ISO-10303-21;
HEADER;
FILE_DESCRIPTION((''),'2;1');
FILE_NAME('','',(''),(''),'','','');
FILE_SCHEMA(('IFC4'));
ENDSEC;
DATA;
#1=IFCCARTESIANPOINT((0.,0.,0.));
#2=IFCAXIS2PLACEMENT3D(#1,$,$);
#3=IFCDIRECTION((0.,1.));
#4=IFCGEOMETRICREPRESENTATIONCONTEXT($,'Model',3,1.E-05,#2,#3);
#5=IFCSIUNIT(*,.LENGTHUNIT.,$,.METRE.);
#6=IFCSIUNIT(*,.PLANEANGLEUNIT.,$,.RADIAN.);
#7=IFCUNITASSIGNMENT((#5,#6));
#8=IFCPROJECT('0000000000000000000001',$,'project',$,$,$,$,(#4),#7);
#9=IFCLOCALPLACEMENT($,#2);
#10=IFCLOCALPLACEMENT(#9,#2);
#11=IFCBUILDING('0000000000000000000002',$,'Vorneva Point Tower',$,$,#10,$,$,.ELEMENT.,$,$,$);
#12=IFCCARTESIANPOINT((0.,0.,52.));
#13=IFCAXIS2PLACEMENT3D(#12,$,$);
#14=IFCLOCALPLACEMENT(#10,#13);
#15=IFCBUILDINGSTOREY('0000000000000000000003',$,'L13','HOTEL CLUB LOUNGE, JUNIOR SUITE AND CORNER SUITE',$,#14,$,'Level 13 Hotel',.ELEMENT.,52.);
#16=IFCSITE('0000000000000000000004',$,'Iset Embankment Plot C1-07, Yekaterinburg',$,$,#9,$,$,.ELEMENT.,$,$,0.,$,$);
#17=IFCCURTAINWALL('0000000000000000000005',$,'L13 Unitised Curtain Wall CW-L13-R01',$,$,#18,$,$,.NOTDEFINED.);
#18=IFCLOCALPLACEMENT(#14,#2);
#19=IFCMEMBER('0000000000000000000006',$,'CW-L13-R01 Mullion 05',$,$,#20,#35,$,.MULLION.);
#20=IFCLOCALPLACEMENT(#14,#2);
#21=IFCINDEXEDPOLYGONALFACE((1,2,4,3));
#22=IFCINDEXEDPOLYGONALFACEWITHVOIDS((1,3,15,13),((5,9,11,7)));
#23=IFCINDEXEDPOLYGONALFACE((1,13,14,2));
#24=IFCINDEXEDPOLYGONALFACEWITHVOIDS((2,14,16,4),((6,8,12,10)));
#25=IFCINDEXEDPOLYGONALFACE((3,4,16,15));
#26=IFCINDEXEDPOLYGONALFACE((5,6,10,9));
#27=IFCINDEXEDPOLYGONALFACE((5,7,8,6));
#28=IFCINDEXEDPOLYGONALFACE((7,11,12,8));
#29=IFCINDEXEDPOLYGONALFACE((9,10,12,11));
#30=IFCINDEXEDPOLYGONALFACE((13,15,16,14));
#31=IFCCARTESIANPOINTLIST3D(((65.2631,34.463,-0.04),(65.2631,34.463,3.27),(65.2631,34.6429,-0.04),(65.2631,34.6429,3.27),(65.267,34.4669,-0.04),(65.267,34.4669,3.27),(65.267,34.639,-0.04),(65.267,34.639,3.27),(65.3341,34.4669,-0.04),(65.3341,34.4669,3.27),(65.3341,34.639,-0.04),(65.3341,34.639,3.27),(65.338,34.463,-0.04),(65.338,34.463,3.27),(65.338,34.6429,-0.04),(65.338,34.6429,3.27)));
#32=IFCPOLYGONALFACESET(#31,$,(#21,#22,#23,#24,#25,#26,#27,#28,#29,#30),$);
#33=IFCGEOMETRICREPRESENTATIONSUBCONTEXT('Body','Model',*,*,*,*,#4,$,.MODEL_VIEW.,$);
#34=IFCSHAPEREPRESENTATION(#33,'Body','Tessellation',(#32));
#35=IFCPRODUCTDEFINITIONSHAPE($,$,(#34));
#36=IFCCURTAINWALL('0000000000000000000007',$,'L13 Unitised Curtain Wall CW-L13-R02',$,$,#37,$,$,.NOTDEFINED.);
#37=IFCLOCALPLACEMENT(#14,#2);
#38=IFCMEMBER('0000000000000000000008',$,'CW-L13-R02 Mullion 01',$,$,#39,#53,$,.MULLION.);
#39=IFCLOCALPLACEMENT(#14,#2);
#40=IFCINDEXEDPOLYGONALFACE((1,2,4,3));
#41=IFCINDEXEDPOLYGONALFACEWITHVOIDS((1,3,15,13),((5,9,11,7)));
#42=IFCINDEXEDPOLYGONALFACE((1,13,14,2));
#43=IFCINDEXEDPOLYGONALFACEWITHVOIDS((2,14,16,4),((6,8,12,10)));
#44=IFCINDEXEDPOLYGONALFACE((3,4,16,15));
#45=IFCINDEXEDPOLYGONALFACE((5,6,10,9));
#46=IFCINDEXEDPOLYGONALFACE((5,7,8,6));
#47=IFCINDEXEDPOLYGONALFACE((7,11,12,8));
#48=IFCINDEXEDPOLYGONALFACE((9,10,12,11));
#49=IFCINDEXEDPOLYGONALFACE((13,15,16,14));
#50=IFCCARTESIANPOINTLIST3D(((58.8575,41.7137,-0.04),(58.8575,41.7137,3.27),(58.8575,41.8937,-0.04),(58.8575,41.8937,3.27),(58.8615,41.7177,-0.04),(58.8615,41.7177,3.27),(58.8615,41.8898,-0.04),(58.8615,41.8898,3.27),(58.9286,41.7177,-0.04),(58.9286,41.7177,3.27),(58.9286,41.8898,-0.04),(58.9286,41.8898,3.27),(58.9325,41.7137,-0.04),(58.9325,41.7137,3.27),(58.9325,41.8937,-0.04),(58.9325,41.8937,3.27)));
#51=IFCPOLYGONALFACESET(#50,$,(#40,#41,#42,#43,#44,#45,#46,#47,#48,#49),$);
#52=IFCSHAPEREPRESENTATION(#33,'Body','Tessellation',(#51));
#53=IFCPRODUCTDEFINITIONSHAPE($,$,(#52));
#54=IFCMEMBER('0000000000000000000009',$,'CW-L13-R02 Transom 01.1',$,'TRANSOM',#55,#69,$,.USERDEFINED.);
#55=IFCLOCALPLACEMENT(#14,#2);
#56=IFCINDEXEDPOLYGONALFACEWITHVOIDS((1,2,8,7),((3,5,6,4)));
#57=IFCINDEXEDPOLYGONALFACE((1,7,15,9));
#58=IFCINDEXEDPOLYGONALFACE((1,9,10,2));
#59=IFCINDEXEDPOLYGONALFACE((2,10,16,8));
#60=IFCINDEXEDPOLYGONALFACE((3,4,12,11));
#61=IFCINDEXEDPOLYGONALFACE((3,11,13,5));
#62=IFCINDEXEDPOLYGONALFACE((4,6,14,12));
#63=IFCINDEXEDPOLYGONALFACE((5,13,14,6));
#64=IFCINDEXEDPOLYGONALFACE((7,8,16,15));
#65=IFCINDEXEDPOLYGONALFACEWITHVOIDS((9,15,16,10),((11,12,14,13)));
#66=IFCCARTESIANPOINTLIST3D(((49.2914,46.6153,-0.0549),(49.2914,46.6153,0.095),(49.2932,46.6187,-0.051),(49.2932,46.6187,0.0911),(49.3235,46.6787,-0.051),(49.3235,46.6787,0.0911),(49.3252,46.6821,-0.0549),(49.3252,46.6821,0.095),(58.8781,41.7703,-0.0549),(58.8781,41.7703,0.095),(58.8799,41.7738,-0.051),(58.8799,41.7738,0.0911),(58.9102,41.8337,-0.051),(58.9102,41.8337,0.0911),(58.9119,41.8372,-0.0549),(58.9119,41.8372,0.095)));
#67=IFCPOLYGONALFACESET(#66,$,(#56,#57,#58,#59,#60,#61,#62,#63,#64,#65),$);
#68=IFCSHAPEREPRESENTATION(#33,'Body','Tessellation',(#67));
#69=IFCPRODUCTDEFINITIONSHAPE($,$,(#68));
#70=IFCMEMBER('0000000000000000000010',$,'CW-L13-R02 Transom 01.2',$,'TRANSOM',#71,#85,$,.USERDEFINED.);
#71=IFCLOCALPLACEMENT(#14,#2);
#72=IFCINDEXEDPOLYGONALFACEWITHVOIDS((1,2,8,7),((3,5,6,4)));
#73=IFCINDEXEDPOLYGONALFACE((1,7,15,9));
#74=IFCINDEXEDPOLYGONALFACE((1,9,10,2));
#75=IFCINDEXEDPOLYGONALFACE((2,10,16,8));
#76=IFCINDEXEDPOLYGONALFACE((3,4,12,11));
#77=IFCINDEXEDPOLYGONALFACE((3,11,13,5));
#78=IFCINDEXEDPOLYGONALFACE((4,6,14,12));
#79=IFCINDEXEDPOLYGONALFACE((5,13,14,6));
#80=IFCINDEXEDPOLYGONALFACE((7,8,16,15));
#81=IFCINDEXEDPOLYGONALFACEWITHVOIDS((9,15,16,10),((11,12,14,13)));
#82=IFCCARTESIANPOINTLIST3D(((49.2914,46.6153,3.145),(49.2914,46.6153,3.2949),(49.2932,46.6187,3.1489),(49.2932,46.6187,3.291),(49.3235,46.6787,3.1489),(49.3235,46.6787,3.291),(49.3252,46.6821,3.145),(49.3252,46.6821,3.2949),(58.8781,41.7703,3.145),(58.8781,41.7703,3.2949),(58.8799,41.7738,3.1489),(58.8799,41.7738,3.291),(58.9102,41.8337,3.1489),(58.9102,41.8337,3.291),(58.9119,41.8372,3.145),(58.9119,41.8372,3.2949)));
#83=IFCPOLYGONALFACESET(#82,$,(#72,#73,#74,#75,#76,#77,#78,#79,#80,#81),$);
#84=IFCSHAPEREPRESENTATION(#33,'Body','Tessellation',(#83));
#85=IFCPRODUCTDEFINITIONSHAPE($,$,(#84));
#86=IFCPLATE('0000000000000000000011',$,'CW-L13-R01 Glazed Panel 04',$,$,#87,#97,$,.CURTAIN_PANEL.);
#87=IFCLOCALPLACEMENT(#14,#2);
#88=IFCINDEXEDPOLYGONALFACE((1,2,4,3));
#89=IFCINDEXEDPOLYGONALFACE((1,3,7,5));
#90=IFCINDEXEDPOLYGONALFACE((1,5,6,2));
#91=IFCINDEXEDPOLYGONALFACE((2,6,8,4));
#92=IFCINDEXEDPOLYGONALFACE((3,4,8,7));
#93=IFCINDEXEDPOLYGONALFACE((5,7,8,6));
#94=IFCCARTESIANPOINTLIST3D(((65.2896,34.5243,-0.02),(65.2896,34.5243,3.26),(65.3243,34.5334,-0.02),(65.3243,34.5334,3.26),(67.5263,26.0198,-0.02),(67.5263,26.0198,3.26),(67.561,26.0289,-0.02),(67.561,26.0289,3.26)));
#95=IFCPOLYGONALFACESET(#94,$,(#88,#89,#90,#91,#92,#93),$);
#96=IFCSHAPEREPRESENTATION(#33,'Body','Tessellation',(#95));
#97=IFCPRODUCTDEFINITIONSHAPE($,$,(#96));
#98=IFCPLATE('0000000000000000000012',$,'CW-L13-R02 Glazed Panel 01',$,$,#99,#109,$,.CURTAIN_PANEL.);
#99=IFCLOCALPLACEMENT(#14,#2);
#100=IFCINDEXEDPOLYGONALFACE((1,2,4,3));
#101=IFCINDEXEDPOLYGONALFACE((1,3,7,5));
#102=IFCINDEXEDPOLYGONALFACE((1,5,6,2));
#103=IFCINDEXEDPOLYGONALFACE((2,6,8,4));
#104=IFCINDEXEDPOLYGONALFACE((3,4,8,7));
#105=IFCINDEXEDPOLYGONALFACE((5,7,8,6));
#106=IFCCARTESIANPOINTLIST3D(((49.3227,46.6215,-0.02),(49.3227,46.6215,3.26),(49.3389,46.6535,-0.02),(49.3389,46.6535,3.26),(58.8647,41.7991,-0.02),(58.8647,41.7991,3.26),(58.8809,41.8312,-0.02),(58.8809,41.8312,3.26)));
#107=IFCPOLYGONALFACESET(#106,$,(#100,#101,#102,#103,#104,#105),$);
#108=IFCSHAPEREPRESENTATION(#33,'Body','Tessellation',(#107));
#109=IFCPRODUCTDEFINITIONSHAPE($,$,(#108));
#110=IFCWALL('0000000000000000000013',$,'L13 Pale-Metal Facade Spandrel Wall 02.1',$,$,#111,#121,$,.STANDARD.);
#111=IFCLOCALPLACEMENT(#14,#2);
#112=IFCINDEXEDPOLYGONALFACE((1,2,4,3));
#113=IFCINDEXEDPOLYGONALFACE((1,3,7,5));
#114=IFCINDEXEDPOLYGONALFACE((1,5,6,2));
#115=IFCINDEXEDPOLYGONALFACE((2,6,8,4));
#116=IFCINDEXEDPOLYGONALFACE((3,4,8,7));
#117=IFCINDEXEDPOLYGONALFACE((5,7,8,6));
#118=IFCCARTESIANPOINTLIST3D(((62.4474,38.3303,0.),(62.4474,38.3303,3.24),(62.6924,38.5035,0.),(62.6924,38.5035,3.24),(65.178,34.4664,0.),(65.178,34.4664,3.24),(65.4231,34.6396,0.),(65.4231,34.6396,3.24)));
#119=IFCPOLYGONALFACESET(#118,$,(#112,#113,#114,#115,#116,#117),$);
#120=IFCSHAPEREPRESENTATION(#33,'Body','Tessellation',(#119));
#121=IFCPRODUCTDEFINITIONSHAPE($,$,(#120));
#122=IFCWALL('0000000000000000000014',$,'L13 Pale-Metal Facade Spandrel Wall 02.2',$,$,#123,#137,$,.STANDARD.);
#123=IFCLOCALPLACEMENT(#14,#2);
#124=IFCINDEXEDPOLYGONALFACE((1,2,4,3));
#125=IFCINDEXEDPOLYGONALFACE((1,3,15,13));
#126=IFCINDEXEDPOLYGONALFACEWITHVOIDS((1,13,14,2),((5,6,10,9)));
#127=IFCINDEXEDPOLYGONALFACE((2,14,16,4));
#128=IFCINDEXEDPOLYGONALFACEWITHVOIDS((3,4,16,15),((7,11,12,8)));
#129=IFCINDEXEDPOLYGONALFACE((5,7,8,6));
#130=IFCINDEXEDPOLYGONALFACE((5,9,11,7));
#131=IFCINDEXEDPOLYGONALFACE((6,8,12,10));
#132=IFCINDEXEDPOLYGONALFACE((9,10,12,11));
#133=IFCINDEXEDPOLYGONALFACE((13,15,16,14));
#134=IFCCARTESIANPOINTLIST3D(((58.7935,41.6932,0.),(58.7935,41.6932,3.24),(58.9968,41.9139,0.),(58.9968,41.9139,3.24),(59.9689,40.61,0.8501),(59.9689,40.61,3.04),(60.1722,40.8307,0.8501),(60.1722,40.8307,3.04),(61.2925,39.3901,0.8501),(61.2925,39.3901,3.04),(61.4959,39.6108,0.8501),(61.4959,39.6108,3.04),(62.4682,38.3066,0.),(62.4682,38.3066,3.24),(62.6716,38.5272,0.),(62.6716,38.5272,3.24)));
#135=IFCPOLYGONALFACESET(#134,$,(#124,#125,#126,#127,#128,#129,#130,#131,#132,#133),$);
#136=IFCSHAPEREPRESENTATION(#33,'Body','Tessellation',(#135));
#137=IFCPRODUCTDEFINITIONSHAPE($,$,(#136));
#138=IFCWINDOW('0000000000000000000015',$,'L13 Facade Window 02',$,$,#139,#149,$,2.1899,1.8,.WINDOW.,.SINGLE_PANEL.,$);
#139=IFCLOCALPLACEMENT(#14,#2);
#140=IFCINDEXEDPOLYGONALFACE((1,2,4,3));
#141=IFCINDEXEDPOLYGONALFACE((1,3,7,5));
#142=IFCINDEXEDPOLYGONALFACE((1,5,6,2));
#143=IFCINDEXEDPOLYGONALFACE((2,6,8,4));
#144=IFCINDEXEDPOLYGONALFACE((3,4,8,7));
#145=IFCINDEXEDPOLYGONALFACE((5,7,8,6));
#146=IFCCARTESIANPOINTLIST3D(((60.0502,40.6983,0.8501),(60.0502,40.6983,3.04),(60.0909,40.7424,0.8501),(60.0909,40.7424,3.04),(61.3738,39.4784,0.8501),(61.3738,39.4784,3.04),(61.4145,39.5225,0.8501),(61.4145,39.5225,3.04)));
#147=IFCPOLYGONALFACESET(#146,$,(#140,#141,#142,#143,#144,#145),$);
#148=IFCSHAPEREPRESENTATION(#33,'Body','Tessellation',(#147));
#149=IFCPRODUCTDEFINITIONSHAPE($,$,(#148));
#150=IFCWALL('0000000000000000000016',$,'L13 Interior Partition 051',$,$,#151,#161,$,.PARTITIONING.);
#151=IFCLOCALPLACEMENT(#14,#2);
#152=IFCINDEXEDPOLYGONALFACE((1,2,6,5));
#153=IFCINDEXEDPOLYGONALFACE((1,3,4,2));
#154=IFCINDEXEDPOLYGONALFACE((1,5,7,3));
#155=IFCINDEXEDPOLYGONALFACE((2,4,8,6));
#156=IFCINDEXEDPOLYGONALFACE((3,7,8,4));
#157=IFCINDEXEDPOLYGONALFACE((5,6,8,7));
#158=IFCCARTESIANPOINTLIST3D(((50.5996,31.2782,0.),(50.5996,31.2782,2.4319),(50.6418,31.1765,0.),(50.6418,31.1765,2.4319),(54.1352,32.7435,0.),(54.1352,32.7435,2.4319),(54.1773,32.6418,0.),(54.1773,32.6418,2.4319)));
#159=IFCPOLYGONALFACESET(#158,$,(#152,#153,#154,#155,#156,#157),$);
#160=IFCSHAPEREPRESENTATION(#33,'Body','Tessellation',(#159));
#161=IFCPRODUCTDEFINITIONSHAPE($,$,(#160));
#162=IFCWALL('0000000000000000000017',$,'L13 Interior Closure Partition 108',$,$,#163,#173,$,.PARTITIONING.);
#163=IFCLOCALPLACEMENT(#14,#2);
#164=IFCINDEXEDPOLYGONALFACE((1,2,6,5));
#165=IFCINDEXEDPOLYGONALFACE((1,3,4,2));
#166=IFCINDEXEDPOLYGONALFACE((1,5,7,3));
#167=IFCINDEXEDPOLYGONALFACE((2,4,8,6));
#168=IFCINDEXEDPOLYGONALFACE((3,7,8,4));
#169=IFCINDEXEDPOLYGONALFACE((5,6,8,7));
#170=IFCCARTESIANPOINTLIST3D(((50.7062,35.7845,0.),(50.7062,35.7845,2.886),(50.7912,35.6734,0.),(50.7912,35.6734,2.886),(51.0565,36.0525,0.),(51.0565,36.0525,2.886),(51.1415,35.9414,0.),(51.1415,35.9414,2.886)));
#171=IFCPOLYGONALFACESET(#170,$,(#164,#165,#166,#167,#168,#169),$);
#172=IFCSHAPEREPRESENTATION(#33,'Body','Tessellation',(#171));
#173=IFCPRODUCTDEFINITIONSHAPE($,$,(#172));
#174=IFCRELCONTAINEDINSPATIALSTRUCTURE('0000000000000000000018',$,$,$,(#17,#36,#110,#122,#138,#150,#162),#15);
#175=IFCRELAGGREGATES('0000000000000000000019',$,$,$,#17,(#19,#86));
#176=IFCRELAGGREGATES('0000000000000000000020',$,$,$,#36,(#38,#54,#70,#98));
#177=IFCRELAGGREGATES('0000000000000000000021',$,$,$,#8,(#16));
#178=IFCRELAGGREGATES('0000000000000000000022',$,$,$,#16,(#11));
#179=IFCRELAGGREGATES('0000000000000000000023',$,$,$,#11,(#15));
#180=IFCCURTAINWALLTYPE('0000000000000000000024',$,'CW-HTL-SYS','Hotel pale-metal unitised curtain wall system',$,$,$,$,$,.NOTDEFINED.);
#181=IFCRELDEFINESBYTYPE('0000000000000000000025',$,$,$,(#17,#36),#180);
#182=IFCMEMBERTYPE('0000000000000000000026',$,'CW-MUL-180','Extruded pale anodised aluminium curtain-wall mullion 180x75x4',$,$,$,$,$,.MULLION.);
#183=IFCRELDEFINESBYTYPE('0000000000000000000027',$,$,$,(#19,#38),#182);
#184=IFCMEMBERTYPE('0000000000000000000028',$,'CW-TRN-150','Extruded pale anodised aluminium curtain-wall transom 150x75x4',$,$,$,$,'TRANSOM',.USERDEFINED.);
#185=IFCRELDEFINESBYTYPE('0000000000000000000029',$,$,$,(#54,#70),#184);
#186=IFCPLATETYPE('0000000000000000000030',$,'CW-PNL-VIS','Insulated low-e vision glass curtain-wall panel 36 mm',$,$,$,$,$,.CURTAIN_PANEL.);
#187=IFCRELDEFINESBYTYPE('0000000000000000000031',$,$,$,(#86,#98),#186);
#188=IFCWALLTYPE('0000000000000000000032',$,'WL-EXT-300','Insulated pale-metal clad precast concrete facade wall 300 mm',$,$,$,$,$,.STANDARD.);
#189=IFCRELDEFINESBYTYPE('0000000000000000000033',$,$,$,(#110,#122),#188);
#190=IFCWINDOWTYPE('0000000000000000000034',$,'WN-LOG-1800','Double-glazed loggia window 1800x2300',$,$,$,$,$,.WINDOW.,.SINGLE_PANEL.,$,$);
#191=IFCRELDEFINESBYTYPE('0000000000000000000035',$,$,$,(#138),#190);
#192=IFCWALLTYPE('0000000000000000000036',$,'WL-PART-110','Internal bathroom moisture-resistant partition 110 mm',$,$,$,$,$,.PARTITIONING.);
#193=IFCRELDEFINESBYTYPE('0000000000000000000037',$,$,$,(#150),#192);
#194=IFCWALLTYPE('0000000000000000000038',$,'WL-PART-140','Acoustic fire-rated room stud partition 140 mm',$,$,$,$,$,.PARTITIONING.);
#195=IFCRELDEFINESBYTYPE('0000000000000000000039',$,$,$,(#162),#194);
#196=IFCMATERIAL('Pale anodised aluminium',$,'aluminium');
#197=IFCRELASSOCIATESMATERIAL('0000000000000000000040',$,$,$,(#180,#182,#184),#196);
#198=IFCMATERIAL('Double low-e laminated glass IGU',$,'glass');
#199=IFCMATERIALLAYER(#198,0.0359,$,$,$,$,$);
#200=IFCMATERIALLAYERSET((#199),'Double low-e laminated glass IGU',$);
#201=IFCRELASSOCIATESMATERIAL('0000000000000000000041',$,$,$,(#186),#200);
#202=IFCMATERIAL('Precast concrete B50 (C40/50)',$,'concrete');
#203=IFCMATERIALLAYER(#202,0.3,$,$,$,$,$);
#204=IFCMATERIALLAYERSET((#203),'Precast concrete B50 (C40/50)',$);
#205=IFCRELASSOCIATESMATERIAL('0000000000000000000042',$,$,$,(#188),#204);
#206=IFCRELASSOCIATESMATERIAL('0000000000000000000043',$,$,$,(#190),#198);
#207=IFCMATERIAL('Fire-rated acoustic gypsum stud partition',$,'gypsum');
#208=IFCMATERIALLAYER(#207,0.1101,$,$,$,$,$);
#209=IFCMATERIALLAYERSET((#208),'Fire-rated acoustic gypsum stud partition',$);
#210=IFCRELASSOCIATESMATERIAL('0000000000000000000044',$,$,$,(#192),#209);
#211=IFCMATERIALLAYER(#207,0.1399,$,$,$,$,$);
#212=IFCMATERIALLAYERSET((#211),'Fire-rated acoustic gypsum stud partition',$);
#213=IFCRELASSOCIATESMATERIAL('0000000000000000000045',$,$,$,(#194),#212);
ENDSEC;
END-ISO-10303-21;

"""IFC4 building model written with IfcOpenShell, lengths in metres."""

from ifc_helpers import new_model, si_unit, direction, frame, frame_2d, origin, origin_2d, place, context, subcontext, project, spatial, rectangle, hollow_rectangle, extrude, material, layer, layer_set, material_profile, profile_set, type_object, element, fill, aggregate, save


model = new_model("IFC4")

# Units and contexts
model_context = context("Model", 3, precision=1e-05, world=origin(), true_north=direction((0.0, 1.0)))
body_context = subcontext(model_context, "Body", "Model", "MODEL_VIEW")
ifc_project = project(units=[si_unit("LENGTHUNIT", "METRE"), si_unit("PLANEANGLEUNIT", "RADIAN")], contexts=[model_context])

# Site, building, storey
site_placement = place(None, origin())
site = spatial("IfcSite", under=ifc_project, at=site_placement, Name="Iset Embankment Plot C1-07, Yekaterinburg", CompositionType="ELEMENT", RefElevation=0.0)
building_placement = place(site_placement, origin())
building = spatial("IfcBuilding", under=site, at=building_placement, Name="Vorneva Point Tower", CompositionType="ELEMENT")
storey_placement = place(building_placement, frame((0.0, 0.0, 52.0)))
storey = spatial("IfcBuildingStorey", under=building, at=storey_placement, Name="L13", Description="HOTEL CLUB LOUNGE, JUNIOR SUITE AND CORNER SUITE", LongName="Level 13 Hotel", CompositionType="ELEMENT", Elevation=52.0)

# Curtain wall, member
ifc_material_1 = material(Name="Pale anodised aluminium", Category="aluminium")
curtain_wall_type = type_object("IfcCurtainWallType", Name="CW-HTL-SYS", Description="Hotel pale-metal unitised curtain wall system", PredefinedType="NOTDEFINED", material=ifc_material_1)
curtain_wall_1_placement = place(storey_placement, origin())
curtain_wall_1 = element("IfcCurtainWall", 1, at=curtain_wall_1_placement, inside=storey, type_object=curtain_wall_type, Name="L13 Unitised Curtain Wall CW-L13-R01", PredefinedType="NOTDEFINED")
ifc_material_profile_1 = material_profile(ifc_material_1, hollow_rectangle(XDim=0.075, YDim=0.1799, WallThickness=0.0039, at=origin_2d()), Name="AL-MUL 180x75x4")
ifc_profile_set_1 = profile_set([ifc_material_profile_1], Name="Pale anodised aluminium")
member_type_1 = type_object("IfcMemberType", Name="CW-MUL-180", Description="Extruded pale anodised aluminium curtain-wall mullion 180x75x4", PredefinedType="MULLION", material=ifc_profile_set_1)
member_1_placement = place(storey_placement, frame((65.3005, 34.553, -0.04), z_axis=(0.0, 0.0, 1.0), x_axis=(1.0, 0.0, 0.0)))
member_1 = element("IfcMember", 2, at=member_1_placement, type_object=member_type_1, Name="CW-L13-R01 Mullion 05", PredefinedType="MULLION", context=body_context, shape_type="SweptSolid", body=[
    extrude(hollow_rectangle(XDim=0.075, YDim=0.1799, WallThickness=0.0039, at=origin_2d()), origin(), (0.0, 0.0, 1.0), 3.3101),
])

# Curtain wall, members
curtain_wall_2_placement = place(storey_placement, origin())
curtain_wall_2 = element("IfcCurtainWall", 3, at=curtain_wall_2_placement, inside=storey, type_object=curtain_wall_type, Name="L13 Unitised Curtain Wall CW-L13-R02", PredefinedType="NOTDEFINED")
member_2_placement = place(storey_placement, frame((58.895, 41.8037, -0.04), z_axis=(0.0, 0.0, 1.0), x_axis=(1.0, 0.0, 0.0)))
member_2 = element("IfcMember", 4, at=member_2_placement, type_object=member_type_1, Name="CW-L13-R02 Mullion 01", PredefinedType="MULLION", context=body_context, shape_type="SweptSolid", body=[
    extrude(hollow_rectangle(XDim=0.075, YDim=0.1799, WallThickness=0.0039, at=origin_2d()), origin(), (0.0, 0.0, 1.0), 3.3101),
])
ifc_material_profile_2 = material_profile(ifc_material_1, hollow_rectangle(XDim=0.075, YDim=0.1499, WallThickness=0.0039, at=origin_2d()), Name="AL-TRN 150x75x4")
ifc_profile_set_2 = profile_set([ifc_material_profile_2], Name="Pale anodised aluminium")
member_type_2 = type_object("IfcMemberType", Name="CW-TRN-150", Description="Extruded pale anodised aluminium curtain-wall transom 150x75x4", ElementType="TRANSOM", PredefinedType="USERDEFINED", material=ifc_profile_set_2)
member_3_placement = place(storey_placement, frame((58.895, 41.8037, 0.02), z_axis=(-0.892496, 0.451055, 0.0), x_axis=(-0.451055, -0.892496, 0.0)))
member_3 = element("IfcMember", 5, at=member_3_placement, type_object=member_type_2, Name="CW-L13-R02 Transom 01.1", ObjectType="TRANSOM", PredefinedType="USERDEFINED", context=body_context, shape_type="SweptSolid", body=[
    extrude(hollow_rectangle(XDim=0.075, YDim=0.1499, WallThickness=0.0039, at=origin_2d()), origin(), (0.0, 0.0, 1.0), 10.7415),
])
member_4_placement = place(storey_placement, frame((58.895, 41.8037, 3.22), z_axis=(-0.892496, 0.451055, 0.0), x_axis=(-0.451055, -0.892496, 0.0)))
member_4 = element("IfcMember", 6, at=member_4_placement, type_object=member_type_2, Name="CW-L13-R02 Transom 01.2", ObjectType="TRANSOM", PredefinedType="USERDEFINED", context=body_context, shape_type="SweptSolid", body=[
    extrude(hollow_rectangle(XDim=0.075, YDim=0.1499, WallThickness=0.0039, at=origin_2d()), origin(), (0.0, 0.0, 1.0), 10.7415),
])

# Plates
ifc_material_2 = material(Name="Double low-e laminated glass IGU", Category="glass")
ifc_layer_1 = layer(ifc_material_2, 0.0359)
ifc_layer_set_1 = layer_set([ifc_layer_1], Name="Double low-e laminated glass IGU")
plate_type = type_object("IfcPlateType", Name="CW-PNL-VIS", Description="Insulated low-e vision glass curtain-wall panel 36 mm", PredefinedType="CURTAIN_PANEL", material=ifc_layer_set_1)
plate_1_placement = place(storey_placement, frame((66.4253, 30.2766, -0.02), z_axis=(0.0, 0.0, 1.0), x_axis=(-0.254349, 0.967113, 0.0)))
plate_1 = element("IfcPlate", 7, at=plate_1_placement, type_object=plate_type, Name="CW-L13-R01 Glazed Panel 04", PredefinedType="CURTAIN_PANEL", context=body_context, shape_type="SweptSolid", body=[
    extrude(rectangle(XDim=8.7937, YDim=0.0359, at=origin_2d()), origin(), (0.0, 0.0, 1.0), 3.28),
])
aggregate(curtain_wall_1, [member_1, plate_1])
plate_2_placement = place(storey_placement, frame((54.1018, 44.2263, -0.02), z_axis=(0.0, 0.0, 1.0), x_axis=(-0.892499, 0.451049, 0.0)))
plate_2 = element("IfcPlate", 8, at=plate_2_placement, type_object=plate_type, Name="CW-L13-R02 Glazed Panel 01", PredefinedType="CURTAIN_PANEL", context=body_context, shape_type="SweptSolid", body=[
    extrude(rectangle(XDim=10.6914, YDim=0.0359, at=origin_2d()), origin(), (0.0, 0.0, 1.0), 3.28),
])
aggregate(curtain_wall_2, [member_2, member_3, member_4, plate_2])

# Wall
ifc_material_3 = material(Name="Precast concrete B50 (C40/50)", Category="concrete")
ifc_layer_2 = layer(ifc_material_3, 0.3)
ifc_layer_set_2 = layer_set([ifc_layer_2], Name="Precast concrete B50 (C40/50)")
wall_type_1 = type_object("IfcWallType", Name="WL-EXT-300", Description="Insulated pale-metal clad precast concrete facade wall 300 mm", PredefinedType="STANDARD", material=ifc_layer_set_2)
wall_1_placement = place(storey_placement, frame((65.3005, 34.553, 0.0), z_axis=(0.0, 0.0, 1.0), x_axis=(-0.577131, 0.816652, 0.0)))
element("IfcWall", 9, at=wall_1_placement, inside=storey, type_object=wall_type_1, Name="L13 Pale-Metal Facade Spandrel Wall 02.1", PredefinedType="STANDARD", context=body_context, shape_type="SweptSolid", body=[
    extrude(rectangle(XDim=4.7314, YDim=0.3, at=frame_2d((2.3657, 0.0))), origin(), (0.0, 0.0, 1.0), 3.24),
])

# Wall, opening, window
wall_2_placement = place(storey_placement, frame((62.5698, 38.417, 0.0), z_axis=(0.0, 0.0, 1.0), x_axis=(-0.735343, 0.677696, 0.0)))
wall_2 = element("IfcWall", 10, at=wall_2_placement, inside=storey, type_object=wall_type_1, Name="L13 Pale-Metal Facade Spandrel Wall 02.2", PredefinedType="STANDARD", context=body_context, shape_type="SweptSolid", body=[
    extrude(rectangle(XDim=4.9973, YDim=0.3, at=frame_2d((2.4985, 0.0))), origin(), (0.0, 0.0, 1.0), 3.24),
])
opening_placement = place(wall_2_placement, frame((1.5989, 0.0, 0.8501)))
opening = element("IfcOpeningElement", 11, at=opening_placement, cuts=wall_2, PredefinedType="OPENING", context=body_context, shape_type="SweptSolid", body=[
    extrude(rectangle(XDim=1.8, YDim=2.1899, at=frame_2d((0.8999, 1.095))), frame((0.0, 0.165, 0.0), z_axis=(0.0, -1.0, 0.0), x_axis=(1.0, 0.0, 0.0)), (0.0, 0.0, 1.0), 0.3298),
])
window_type = type_object("IfcWindowType", Name="WN-LOG-1800", Description="Double-glazed loggia window 1800x2300", PartitioningType="SINGLE_PANEL", PredefinedType="WINDOW", material=ifc_material_2)
window_placement = place(opening_placement, origin())
window = element("IfcWindow", 12, at=window_placement, inside=storey, type_object=window_type, Name="L13 Facade Window 02", OverallHeight=2.1899, OverallWidth=1.8, PartitioningType="SINGLE_PANEL", PredefinedType="WINDOW", context=body_context, shape_type="SweptSolid", body=[
    extrude(rectangle(XDim=1.8, YDim=2.1899, at=frame_2d((0.8999, 1.095))), frame((0.0, 0.03, 0.0), z_axis=(0.0, -1.0, 0.0), x_axis=(1.0, 0.0, 0.0)), (0.0, 0.0, 1.0), 0.0601),
])
fill(opening, window)

# Walls
ifc_material_4 = material(Name="Fire-rated acoustic gypsum stud partition", Category="gypsum")
ifc_layer_3 = layer(ifc_material_4, 0.1101)
ifc_layer_set_3 = layer_set([ifc_layer_3], Name="Fire-rated acoustic gypsum stud partition")
wall_type_2 = type_object("IfcWallType", Name="WL-PART-110", Description="Internal bathroom moisture-resistant partition 110 mm", PredefinedType="PARTITIONING", material=ifc_layer_set_3)
wall_3_placement = place(storey_placement, frame((54.1562, 32.6926, 0.0), z_axis=(0.0, 0.0, 1.0), x_axis=(-0.923804, -0.382866, 0.0)))
element("IfcWall", 13, at=wall_3_placement, inside=storey, type_object=wall_type_2, Name="L13 Interior Partition 051", PredefinedType="PARTITIONING", context=body_context, shape_type="SweptSolid", body=[
    extrude(rectangle(XDim=3.8271, YDim=0.1101, at=frame_2d((1.9136, 0.0))), origin(), (0.0, 0.0, 1.0), 2.4319),
])
ifc_layer_4 = layer(ifc_material_4, 0.1399)
ifc_layer_set_4 = layer_set([ifc_layer_4], Name="Fire-rated acoustic gypsum stud partition")
wall_type_3 = type_object("IfcWallType", Name="WL-PART-140", Description="Acoustic fire-rated room stud partition 140 mm", PredefinedType="PARTITIONING", material=ifc_layer_set_4)
wall_4_placement = place(storey_placement, frame((51.0991, 35.9971, 0.0), z_axis=(0.0, 0.0, 1.0), x_axis=(-0.794185, -0.607676, 0.0)))
element("IfcWall", 14, at=wall_4_placement, inside=storey, type_object=wall_type_3, Name="L13 Interior Closure Partition 108", PredefinedType="PARTITIONING", context=body_context, shape_type="SweptSolid", body=[
    extrude(rectangle(XDim=0.4412, YDim=0.1399, at=frame_2d((0.2207, 0.0))), origin(), (0.0, 0.0, 1.0), 2.886),
])

save(model, "model.ifc")
